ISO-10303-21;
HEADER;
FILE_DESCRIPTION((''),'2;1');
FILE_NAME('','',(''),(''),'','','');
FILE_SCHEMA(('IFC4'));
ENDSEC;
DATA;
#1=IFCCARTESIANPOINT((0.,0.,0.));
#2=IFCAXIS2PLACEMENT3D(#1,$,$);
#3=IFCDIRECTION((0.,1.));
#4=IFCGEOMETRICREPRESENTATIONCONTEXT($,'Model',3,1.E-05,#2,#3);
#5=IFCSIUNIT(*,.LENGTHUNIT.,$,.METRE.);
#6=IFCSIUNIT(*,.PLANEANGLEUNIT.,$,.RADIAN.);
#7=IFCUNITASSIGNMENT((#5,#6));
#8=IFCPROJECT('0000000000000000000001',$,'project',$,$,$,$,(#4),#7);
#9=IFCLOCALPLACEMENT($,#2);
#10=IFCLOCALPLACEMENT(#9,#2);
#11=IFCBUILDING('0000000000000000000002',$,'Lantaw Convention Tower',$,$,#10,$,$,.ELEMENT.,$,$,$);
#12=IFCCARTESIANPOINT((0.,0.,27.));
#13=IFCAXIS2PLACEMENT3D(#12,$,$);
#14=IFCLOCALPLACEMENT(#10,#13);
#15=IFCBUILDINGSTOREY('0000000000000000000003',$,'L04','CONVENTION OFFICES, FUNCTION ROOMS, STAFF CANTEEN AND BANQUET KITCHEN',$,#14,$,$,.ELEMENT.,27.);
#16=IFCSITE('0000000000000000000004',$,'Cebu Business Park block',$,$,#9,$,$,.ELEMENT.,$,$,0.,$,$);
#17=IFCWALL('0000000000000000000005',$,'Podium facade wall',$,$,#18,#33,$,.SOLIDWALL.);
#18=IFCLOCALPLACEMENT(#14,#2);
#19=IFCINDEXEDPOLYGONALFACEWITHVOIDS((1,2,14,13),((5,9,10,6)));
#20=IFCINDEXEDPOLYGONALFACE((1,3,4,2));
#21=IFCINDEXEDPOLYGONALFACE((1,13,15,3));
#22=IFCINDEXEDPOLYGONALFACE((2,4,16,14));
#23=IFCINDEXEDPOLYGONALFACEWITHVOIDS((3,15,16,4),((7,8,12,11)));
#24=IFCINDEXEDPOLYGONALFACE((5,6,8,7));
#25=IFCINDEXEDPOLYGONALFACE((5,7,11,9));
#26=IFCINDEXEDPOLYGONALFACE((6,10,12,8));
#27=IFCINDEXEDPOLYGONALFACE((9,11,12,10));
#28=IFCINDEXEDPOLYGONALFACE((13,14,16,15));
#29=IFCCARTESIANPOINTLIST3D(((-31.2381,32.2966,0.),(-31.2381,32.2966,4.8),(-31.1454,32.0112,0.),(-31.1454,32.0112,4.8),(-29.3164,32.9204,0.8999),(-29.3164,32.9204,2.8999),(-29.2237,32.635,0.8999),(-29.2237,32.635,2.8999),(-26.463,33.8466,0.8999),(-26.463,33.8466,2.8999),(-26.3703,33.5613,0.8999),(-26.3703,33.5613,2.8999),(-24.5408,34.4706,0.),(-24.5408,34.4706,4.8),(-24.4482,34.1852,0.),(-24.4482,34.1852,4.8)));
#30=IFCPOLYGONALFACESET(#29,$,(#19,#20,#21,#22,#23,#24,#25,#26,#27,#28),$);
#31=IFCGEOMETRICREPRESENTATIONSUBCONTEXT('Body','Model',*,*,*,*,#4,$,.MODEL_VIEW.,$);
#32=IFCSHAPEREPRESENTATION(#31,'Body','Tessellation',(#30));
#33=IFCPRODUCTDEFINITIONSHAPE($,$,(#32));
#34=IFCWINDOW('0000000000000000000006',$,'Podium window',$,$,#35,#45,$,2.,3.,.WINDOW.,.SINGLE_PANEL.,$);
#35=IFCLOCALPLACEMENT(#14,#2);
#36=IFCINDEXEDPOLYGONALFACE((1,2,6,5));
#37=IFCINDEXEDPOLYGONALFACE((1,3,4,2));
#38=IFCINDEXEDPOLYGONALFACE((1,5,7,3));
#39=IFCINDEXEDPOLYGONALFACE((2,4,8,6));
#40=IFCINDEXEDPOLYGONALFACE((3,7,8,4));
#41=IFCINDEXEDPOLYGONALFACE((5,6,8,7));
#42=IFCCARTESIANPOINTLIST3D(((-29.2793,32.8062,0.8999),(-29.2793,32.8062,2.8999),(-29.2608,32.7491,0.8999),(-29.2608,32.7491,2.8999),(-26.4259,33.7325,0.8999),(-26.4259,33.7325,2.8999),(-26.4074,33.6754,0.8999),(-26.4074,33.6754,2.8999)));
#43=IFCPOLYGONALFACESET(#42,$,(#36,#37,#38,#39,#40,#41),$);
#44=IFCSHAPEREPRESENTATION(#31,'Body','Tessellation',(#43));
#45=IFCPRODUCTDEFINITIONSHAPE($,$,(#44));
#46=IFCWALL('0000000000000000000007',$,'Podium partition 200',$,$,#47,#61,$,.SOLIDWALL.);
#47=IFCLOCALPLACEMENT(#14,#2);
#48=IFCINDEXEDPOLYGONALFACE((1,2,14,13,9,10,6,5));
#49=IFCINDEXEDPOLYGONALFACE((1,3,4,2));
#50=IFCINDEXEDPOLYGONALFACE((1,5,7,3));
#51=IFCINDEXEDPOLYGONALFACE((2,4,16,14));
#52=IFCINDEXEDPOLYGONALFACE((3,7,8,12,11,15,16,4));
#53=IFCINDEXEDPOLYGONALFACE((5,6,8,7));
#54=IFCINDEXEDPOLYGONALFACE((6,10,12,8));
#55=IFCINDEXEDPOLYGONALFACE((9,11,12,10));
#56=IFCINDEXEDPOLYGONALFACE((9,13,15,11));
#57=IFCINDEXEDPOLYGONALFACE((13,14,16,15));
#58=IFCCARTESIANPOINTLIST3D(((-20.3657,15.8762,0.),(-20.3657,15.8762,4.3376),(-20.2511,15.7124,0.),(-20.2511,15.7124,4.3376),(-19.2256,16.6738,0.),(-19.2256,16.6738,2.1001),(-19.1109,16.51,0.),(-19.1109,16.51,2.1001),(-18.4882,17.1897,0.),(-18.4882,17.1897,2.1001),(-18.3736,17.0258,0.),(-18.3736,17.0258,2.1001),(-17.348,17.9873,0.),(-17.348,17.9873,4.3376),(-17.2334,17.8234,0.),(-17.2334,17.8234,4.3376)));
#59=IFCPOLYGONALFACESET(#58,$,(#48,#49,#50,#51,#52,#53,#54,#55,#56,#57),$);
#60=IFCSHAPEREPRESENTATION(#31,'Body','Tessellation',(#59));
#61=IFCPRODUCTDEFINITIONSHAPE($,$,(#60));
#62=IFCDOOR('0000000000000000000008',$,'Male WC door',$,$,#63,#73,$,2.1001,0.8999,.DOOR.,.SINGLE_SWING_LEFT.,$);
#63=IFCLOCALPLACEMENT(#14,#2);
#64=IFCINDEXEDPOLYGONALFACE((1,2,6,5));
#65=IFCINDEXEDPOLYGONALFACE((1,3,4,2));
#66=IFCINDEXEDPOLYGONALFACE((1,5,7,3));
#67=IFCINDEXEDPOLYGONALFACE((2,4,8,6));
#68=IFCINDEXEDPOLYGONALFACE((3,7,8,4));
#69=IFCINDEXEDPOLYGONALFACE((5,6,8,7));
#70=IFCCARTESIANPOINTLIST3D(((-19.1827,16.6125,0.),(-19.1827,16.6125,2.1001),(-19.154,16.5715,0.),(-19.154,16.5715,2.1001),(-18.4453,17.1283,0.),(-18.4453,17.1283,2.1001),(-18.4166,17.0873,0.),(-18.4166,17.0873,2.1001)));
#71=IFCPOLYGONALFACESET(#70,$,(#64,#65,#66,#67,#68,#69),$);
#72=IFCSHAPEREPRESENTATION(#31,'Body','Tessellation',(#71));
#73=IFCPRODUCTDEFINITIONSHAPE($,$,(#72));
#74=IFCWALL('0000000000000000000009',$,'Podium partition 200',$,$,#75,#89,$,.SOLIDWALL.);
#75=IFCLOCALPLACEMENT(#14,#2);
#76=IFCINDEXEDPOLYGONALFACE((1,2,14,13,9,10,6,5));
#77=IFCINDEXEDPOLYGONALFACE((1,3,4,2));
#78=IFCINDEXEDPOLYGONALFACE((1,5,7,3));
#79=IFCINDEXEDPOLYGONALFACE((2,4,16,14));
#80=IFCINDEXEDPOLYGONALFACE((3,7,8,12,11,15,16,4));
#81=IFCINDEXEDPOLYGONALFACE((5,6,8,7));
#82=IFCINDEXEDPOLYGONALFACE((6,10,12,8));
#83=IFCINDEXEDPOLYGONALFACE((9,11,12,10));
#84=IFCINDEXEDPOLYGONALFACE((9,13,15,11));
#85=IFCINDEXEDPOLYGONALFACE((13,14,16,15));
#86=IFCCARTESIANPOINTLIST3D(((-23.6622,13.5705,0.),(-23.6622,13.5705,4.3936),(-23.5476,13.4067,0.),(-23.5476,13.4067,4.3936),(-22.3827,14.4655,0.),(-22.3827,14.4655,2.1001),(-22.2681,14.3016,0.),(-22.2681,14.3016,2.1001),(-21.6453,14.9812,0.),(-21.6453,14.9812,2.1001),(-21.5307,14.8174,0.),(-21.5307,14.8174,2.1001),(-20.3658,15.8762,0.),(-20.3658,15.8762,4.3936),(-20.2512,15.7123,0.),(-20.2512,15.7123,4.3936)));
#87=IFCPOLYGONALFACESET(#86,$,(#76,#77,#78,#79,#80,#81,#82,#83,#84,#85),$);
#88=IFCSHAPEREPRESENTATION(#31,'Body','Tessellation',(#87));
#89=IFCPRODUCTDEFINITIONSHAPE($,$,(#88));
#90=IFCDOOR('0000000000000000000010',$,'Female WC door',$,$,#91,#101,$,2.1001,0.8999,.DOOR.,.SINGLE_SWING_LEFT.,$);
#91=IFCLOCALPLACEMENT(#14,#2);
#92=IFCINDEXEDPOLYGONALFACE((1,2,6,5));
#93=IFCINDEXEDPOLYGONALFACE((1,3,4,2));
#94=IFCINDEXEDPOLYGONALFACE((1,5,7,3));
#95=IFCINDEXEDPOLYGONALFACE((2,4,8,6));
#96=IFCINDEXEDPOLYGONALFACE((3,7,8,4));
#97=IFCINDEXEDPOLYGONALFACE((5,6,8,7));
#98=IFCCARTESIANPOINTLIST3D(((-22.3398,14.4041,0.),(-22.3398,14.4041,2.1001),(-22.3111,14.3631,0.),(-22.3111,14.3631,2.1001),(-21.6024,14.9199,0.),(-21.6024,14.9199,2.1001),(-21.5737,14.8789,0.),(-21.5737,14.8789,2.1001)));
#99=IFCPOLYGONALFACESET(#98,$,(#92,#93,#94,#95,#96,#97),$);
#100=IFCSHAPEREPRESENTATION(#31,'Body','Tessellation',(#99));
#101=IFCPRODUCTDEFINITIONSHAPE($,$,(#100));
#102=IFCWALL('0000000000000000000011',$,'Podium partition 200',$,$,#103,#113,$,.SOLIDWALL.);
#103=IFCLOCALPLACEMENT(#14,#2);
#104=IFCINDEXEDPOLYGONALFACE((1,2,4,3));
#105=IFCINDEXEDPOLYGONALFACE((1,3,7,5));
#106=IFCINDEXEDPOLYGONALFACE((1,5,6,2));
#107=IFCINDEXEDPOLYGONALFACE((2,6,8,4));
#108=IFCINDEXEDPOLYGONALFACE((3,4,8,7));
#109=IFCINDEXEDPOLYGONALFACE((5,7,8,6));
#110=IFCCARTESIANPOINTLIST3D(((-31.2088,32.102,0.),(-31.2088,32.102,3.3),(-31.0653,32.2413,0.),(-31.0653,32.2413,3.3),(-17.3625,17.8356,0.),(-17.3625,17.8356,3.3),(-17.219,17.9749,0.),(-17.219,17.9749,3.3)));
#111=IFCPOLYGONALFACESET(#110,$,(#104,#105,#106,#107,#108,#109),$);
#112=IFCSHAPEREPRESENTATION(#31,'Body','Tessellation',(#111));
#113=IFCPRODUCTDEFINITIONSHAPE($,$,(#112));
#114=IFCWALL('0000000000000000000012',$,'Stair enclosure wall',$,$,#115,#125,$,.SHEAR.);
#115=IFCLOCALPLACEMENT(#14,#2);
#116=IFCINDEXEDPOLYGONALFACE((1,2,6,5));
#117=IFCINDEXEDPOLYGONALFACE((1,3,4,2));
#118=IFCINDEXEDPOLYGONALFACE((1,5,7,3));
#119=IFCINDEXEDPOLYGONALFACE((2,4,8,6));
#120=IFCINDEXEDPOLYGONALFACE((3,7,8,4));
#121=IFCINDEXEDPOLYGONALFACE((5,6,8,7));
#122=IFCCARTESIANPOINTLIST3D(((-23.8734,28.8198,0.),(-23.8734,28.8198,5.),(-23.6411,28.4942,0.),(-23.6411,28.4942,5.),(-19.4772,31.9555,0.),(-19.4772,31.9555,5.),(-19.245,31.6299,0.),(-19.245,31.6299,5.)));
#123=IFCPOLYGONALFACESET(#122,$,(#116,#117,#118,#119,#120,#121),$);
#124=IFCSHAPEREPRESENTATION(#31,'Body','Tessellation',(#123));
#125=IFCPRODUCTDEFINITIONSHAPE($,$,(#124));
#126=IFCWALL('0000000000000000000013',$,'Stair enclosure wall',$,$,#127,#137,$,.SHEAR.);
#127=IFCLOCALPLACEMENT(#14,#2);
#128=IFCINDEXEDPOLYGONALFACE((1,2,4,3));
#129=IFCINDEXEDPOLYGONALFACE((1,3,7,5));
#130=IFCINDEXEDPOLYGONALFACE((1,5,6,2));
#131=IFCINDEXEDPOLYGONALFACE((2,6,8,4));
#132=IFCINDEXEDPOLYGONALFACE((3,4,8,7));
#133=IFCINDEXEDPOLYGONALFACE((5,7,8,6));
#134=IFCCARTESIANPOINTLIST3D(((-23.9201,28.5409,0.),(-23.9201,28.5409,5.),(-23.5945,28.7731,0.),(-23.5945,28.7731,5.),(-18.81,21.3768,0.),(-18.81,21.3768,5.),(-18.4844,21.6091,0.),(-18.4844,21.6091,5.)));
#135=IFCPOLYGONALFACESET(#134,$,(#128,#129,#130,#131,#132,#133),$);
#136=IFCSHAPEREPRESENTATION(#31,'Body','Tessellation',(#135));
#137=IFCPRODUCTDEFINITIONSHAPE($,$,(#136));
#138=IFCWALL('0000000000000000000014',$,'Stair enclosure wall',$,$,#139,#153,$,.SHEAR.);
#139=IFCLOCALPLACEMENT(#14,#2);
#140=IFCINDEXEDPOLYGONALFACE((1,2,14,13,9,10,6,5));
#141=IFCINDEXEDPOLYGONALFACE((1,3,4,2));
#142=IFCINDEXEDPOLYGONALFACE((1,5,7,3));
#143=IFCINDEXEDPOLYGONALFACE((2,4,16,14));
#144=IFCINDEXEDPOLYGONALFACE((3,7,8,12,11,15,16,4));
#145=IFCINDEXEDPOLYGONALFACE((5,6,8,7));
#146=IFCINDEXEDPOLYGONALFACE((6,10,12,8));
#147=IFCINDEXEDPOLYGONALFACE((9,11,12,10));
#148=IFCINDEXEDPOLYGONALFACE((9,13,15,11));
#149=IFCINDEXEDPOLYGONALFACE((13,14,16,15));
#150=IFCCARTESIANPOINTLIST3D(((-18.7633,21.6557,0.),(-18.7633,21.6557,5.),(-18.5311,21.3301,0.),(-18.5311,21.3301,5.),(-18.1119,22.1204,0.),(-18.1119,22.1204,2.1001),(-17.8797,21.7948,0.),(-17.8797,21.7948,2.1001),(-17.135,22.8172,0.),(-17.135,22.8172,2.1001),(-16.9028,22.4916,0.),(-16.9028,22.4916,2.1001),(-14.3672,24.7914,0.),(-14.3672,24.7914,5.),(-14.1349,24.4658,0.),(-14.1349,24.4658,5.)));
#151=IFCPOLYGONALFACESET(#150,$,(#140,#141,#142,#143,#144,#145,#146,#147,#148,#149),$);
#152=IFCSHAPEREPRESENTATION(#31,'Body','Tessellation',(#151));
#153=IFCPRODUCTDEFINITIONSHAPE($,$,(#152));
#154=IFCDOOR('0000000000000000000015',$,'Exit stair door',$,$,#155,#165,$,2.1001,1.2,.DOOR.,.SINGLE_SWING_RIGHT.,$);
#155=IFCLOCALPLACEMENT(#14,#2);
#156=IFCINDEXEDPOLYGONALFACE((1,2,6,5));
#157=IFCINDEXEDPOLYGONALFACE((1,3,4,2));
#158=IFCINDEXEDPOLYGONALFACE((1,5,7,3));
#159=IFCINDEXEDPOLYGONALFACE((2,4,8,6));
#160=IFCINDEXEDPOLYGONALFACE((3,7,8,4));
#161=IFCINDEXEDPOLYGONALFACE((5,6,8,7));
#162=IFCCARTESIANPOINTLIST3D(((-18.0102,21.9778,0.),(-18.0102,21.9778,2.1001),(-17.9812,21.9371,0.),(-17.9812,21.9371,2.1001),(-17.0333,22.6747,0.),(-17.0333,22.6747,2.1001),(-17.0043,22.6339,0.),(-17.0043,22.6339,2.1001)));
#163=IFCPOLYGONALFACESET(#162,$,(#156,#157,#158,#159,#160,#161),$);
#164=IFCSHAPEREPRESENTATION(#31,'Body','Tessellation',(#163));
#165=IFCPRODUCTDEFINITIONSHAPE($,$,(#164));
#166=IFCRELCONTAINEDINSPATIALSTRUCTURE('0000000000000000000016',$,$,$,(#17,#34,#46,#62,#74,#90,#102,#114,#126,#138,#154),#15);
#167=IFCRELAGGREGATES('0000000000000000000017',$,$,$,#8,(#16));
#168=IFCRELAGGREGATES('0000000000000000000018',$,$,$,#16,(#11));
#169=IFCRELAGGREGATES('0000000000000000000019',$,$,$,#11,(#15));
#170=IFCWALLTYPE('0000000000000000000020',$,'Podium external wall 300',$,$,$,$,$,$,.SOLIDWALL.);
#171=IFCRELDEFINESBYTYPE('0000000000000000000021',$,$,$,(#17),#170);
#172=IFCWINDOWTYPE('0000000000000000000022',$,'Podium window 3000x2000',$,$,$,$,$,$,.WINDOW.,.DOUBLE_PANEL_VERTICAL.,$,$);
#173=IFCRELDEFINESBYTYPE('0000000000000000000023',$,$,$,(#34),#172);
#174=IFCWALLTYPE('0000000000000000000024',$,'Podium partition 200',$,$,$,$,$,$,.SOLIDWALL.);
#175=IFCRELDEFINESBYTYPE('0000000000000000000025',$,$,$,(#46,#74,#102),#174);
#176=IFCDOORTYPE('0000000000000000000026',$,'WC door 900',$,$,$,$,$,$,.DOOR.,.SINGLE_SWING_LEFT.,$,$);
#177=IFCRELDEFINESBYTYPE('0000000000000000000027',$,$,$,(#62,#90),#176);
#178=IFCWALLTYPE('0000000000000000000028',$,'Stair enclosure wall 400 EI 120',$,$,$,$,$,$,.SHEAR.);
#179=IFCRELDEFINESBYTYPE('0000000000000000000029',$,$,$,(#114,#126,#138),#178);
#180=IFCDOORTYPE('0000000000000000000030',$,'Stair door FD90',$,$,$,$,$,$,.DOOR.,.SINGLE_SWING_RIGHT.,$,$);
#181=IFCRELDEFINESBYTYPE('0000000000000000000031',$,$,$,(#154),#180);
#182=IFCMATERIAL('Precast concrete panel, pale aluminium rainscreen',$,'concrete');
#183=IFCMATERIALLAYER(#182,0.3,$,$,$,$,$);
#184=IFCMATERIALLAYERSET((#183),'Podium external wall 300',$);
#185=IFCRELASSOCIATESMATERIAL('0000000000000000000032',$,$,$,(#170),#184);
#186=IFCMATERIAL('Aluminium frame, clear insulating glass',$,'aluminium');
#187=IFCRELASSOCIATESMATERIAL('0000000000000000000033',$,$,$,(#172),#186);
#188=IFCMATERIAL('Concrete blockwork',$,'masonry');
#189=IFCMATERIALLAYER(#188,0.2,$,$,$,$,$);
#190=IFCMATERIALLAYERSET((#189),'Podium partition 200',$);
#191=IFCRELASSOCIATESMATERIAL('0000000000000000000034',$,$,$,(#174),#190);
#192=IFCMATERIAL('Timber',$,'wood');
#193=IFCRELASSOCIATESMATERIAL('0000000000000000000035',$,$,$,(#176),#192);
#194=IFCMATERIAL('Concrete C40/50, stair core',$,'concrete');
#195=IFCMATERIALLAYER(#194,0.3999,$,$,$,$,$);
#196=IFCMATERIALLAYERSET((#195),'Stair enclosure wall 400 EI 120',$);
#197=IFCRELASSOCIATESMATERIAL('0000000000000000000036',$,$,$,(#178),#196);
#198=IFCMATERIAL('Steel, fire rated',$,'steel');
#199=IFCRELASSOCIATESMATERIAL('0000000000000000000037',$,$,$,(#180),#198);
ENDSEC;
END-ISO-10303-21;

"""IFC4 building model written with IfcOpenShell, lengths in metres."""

from ifc_helpers import new_model, si_unit, direction, frame, frame_2d, origin, place, context, subcontext, project, spatial, rectangle, extrude, material, layer, layer_set, type_object, element, fill, save


model = new_model("IFC4")

# Units and contexts
model_context = context("Model", 3, precision=1e-05, world=origin(), true_north=direction((0.0, 1.0)))
body_context = subcontext(model_context, "Body", "Model", "MODEL_VIEW")
ifc_project = project(units=[si_unit("LENGTHUNIT", "METRE"), si_unit("PLANEANGLEUNIT", "RADIAN")], contexts=[model_context])

# Site, building, storey
site_placement = place(None, origin())
site = spatial("IfcSite", under=ifc_project, at=site_placement, Name="Cebu Business Park block", CompositionType="ELEMENT", RefElevation=0.0)
building_placement = place(site_placement, origin())
building = spatial("IfcBuilding", under=site, at=building_placement, Name="Lantaw Convention Tower", CompositionType="ELEMENT")
storey_placement = place(building_placement, frame((0.0, 0.0, 27.0)))
storey = spatial("IfcBuildingStorey", under=building, at=storey_placement, Name="L04", Description="CONVENTION OFFICES, FUNCTION ROOMS, STAFF CANTEEN AND BANQUET KITCHEN", CompositionType="ELEMENT", Elevation=27.0)

# Wall, opening, window
ifc_material_1 = material(Name="Precast concrete panel, pale aluminium rainscreen", Category="concrete")
ifc_layer_1 = layer(ifc_material_1, 0.3)
ifc_layer_set_1 = layer_set([ifc_layer_1], Name="Podium external wall 300")
wall_type_1 = type_object("IfcWallType", Name="Podium external wall 300", PredefinedType="SOLIDWALL", material=ifc_layer_set_1)
ifc_material_2 = material(Name="Aluminium frame, clear insulating glass", Category="aluminium")
window_type = type_object("IfcWindowType", Name="Podium window 3000x2000", PartitioningType="DOUBLE_PANEL_VERTICAL", PredefinedType="WINDOW", material=ifc_material_2)
wall_1_placement = place(storey_placement, frame((-24.4946, 34.3279, 0.0), z_axis=(0.0, 0.0, 1.0), x_axis=(-0.95114, -0.30876, 0.0)))
wall_1 = element("IfcWall", 1, at=wall_1_placement, inside=storey, type_object=wall_type_1, Name="Podium facade wall", PredefinedType="SOLIDWALL", context=body_context, shape_type="SweptSolid", body=[
    extrude(rectangle(XDim=7.0413, YDim=0.3, at=frame_2d((3.5205, 0.0))), origin(), (0.0, 0.0, 1.0), 4.8),
])
opening_1_placement = place(wall_1_placement, frame((2.0208, 0.0, 0.8999)))
opening_1 = element("IfcOpeningElement", 2, at=opening_1_placement, cuts=wall_1, PredefinedType="OPENING", context=body_context, shape_type="SweptSolid", body=[
    extrude(rectangle(XDim=3.0, YDim=2.0, at=frame_2d((1.5, 1.0))), frame((0.0, 0.1599, 0.0), z_axis=(0.0, -1.0, 0.0), x_axis=(1.0, 0.0, 0.0)), (0.0, 0.0, 1.0), 0.3201),
])
window_1_placement = place(opening_1_placement, origin())
window_1 = element("IfcWindow", 3, at=window_1_placement, inside=storey, type_object=window_type, Name="Podium window", OverallHeight=2.0, OverallWidth=3.0, PartitioningType="SINGLE_PANEL", PredefinedType="WINDOW", context=body_context, shape_type="SweptSolid", body=[
    extrude(rectangle(XDim=3.0, YDim=2.0, at=frame_2d((1.5, 1.0))), frame((0.0, 0.03, 0.0), z_axis=(0.0, -1.0, 0.0), x_axis=(1.0, 0.0, 0.0)), (0.0, 0.0, 1.0), 0.0601),
])
fill(opening_1, window_1)

# Walls, openings, doors
ifc_material_3 = material(Name="Concrete blockwork", Category="masonry")
ifc_layer_2 = layer(ifc_material_3, 0.2)
ifc_layer_set_2 = layer_set([ifc_layer_2], Name="Podium partition 200")
wall_type_2 = type_object("IfcWallType", Name="Podium partition 200", PredefinedType="SOLIDWALL", material=ifc_layer_set_2)
wall_2_placement = place(storey_placement, frame((-17.2908, 17.9053, 0.0), z_axis=(0.0, 0.0, 1.0), x_axis=(-0.819409, -0.573209, 0.0)))
wall_2 = element("IfcWall", 4, at=wall_2_placement, inside=storey, type_object=wall_type_2, Name="Podium partition 200", PredefinedType="SOLIDWALL", context=body_context, shape_type="SweptSolid", body=[
    extrude(rectangle(XDim=3.6829, YDim=0.2, at=frame_2d((1.8413, 0.0))), origin(), (0.0, 0.0, 1.0), 4.3376),
])
opening_2_placement = place(wall_2_placement, frame((1.3914, 0.0, 0.0)))
opening_2 = element("IfcOpeningElement", 5, at=opening_2_placement, cuts=wall_2, PredefinedType="OPENING", context=body_context, shape_type="SweptSolid", body=[
    extrude(rectangle(XDim=0.8999, YDim=2.1001, at=frame_2d((0.45, 1.05))), frame((0.0, 0.1099, 0.0), z_axis=(0.0, -1.0, 0.0), x_axis=(1.0, 0.0, 0.0)), (0.0, 0.0, 1.0), 0.22),
])
ifc_material_4 = material(Name="Timber", Category="wood")
door_type_1 = type_object("IfcDoorType", Name="WC door 900", OperationType="SINGLE_SWING_LEFT", PredefinedType="DOOR", material=ifc_material_4)
door_1_placement = place(opening_2_placement, origin())
door_1 = element("IfcDoor", 6, at=door_1_placement, inside=storey, type_object=door_type_1, Name="Male WC door", OperationType="SINGLE_SWING_LEFT", OverallHeight=2.1001, OverallWidth=0.8999, PredefinedType="DOOR", context=body_context, shape_type="SweptSolid", body=[
    extrude(rectangle(XDim=0.8999, YDim=2.1001, at=frame_2d((0.45, 1.05))), frame((0.0, 0.0249, 0.0), z_axis=(0.0, -1.0, 0.0), x_axis=(1.0, 0.0, 0.0)), (0.0, 0.0, 1.0), 0.05),
])
fill(opening_2, door_1)
wall_3_placement = place(storey_placement, frame((-20.3086, 15.7942, 0.0), z_axis=(0.0, 0.0, 1.0), x_axis=(-0.819443, -0.573161, 0.0)))
wall_3 = element("IfcWall", 7, at=wall_3_placement, inside=storey, type_object=wall_type_2, Name="Podium partition 200", PredefinedType="SOLIDWALL", context=body_context, shape_type="SweptSolid", body=[
    extrude(rectangle(XDim=4.0227, YDim=0.2, at=frame_2d((2.0112, 0.0))), origin(), (0.0, 0.0, 1.0), 4.3936),
])
opening_3_placement = place(wall_3_placement, frame((1.5613, 0.0, 0.0)))
opening_3 = element("IfcOpeningElement", 8, at=opening_3_placement, cuts=wall_3, PredefinedType="OPENING", context=body_context, shape_type="SweptSolid", body=[
    extrude(rectangle(XDim=0.8999, YDim=2.1001, at=frame_2d((0.45, 1.05))), frame((0.0, 0.1099, 0.0), z_axis=(0.0, -1.0, 0.0), x_axis=(1.0, 0.0, 0.0)), (0.0, 0.0, 1.0), 0.22),
])
door_2_placement = place(opening_3_placement, origin())
door_2 = element("IfcDoor", 9, at=door_2_placement, inside=storey, type_object=door_type_1, Name="Female WC door", OperationType="SINGLE_SWING_LEFT", OverallHeight=2.1001, OverallWidth=0.8999, PredefinedType="DOOR", context=body_context, shape_type="SweptSolid", body=[
    extrude(rectangle(XDim=0.8999, YDim=2.1001, at=frame_2d((0.45, 1.05))), frame((0.0, 0.0249, 0.0), z_axis=(0.0, -1.0, 0.0), x_axis=(1.0, 0.0, 0.0)), (0.0, 0.0, 1.0), 0.05),
])
fill(opening_3, door_2)

# Walls
wall_4_placement = place(storey_placement, frame((-17.2908, 17.9053, 0.0), z_axis=(0.0, 0.0, 1.0), x_axis=(-0.696461, 0.717595, 0.0)))
element("IfcWall", 10, at=wall_4_placement, inside=storey, type_object=wall_type_2, Name="Podium partition 200", PredefinedType="SOLIDWALL", context=body_context, shape_type="SweptSolid", body=[
    extrude(rectangle(XDim=19.8809, YDim=0.2, at=frame_2d((9.9404, 0.0))), origin(), (0.0, 0.0, 1.0), 3.3),
])
ifc_material_5 = material(Name="Concrete C40/50, stair core", Category="concrete")
ifc_layer_3 = layer(ifc_material_5, 0.3999)
ifc_layer_set_3 = layer_set([ifc_layer_3], Name="Stair enclosure wall 400 EI 120")
wall_type_3 = type_object("IfcWallType", Name="Stair enclosure wall 400 EI 120", PredefinedType="SHEAR", material=ifc_layer_set_3)
wall_5_placement = place(storey_placement, frame((-19.3611, 31.7927, 0.0), z_axis=(0.0, 0.0, 1.0), x_axis=(-0.814121, -0.580695, 0.0)))
element("IfcWall", 11, at=wall_5_placement, inside=storey, type_object=wall_type_3, Name="Stair enclosure wall", PredefinedType="SHEAR", context=body_context, shape_type="SweptSolid", body=[
    extrude(rectangle(XDim=5.3999, YDim=0.3999, at=frame_2d((2.7, 0.0))), origin(), (0.0, 0.0, 1.0), 5.0),
])
wall_6_placement = place(storey_placement, frame((-23.7573, 28.657, 0.0), z_axis=(0.0, 0.0, 1.0), x_axis=(0.580705, -0.814114, 0.0)))
element("IfcWall", 12, at=wall_6_placement, inside=storey, type_object=wall_type_3, Name="Stair enclosure wall", PredefinedType="SHEAR", context=body_context, shape_type="SweptSolid", body=[
    extrude(rectangle(XDim=8.7998, YDim=0.3999, at=frame_2d((4.3999, 0.0))), origin(), (0.0, 0.0, 1.0), 5.0),
])

# Wall, opening, door
wall_7_placement = place(storey_placement, frame((-18.6472, 21.4929, 0.0), z_axis=(0.0, 0.0, 1.0), x_axis=(0.814121, 0.580695, 0.0)))
wall_7 = element("IfcWall", 13, at=wall_7_placement, inside=storey, type_object=wall_type_3, Name="Stair enclosure wall", PredefinedType="SHEAR", context=body_context, shape_type="SweptSolid", body=[
    extrude(rectangle(XDim=5.3999, YDim=0.3999, at=frame_2d((2.7, 0.0))), origin(), (0.0, 0.0, 1.0), 5.0),
])
opening_4_placement = place(wall_7_placement, frame((0.8, 0.0, 0.0)))
opening_4 = element("IfcOpeningElement", 14, at=opening_4_placement, cuts=wall_7, PredefinedType="OPENING", context=body_context, shape_type="SweptSolid", body=[
    extrude(rectangle(XDim=1.2, YDim=2.1001, at=frame_2d((0.6001, 1.05))), frame((0.0, 0.21, 0.0), z_axis=(0.0, -1.0, 0.0), x_axis=(1.0, 0.0, 0.0)), (0.0, 0.0, 1.0), 0.4199),
])
ifc_material_6 = material(Name="Steel, fire rated", Category="steel")
door_type_2 = type_object("IfcDoorType", Name="Stair door FD90", OperationType="SINGLE_SWING_RIGHT", PredefinedType="DOOR", material=ifc_material_6)
door_3_placement = place(opening_4_placement, origin())
door_3 = element("IfcDoor", 15, at=door_3_placement, inside=storey, type_object=door_type_2, Name="Exit stair door", OperationType="SINGLE_SWING_RIGHT", OverallHeight=2.1001, OverallWidth=1.2, PredefinedType="DOOR", context=body_context, shape_type="SweptSolid", body=[
    extrude(rectangle(XDim=1.2, YDim=2.1001, at=frame_2d((0.6001, 1.05))), frame((0.0, 0.0249, 0.0), z_axis=(0.0, -1.0, 0.0), x_axis=(1.0, 0.0, 0.0)), (0.0, 0.0, 1.0), 0.05),
])
fill(opening_4, door_3)

save(model, "model.ifc")
